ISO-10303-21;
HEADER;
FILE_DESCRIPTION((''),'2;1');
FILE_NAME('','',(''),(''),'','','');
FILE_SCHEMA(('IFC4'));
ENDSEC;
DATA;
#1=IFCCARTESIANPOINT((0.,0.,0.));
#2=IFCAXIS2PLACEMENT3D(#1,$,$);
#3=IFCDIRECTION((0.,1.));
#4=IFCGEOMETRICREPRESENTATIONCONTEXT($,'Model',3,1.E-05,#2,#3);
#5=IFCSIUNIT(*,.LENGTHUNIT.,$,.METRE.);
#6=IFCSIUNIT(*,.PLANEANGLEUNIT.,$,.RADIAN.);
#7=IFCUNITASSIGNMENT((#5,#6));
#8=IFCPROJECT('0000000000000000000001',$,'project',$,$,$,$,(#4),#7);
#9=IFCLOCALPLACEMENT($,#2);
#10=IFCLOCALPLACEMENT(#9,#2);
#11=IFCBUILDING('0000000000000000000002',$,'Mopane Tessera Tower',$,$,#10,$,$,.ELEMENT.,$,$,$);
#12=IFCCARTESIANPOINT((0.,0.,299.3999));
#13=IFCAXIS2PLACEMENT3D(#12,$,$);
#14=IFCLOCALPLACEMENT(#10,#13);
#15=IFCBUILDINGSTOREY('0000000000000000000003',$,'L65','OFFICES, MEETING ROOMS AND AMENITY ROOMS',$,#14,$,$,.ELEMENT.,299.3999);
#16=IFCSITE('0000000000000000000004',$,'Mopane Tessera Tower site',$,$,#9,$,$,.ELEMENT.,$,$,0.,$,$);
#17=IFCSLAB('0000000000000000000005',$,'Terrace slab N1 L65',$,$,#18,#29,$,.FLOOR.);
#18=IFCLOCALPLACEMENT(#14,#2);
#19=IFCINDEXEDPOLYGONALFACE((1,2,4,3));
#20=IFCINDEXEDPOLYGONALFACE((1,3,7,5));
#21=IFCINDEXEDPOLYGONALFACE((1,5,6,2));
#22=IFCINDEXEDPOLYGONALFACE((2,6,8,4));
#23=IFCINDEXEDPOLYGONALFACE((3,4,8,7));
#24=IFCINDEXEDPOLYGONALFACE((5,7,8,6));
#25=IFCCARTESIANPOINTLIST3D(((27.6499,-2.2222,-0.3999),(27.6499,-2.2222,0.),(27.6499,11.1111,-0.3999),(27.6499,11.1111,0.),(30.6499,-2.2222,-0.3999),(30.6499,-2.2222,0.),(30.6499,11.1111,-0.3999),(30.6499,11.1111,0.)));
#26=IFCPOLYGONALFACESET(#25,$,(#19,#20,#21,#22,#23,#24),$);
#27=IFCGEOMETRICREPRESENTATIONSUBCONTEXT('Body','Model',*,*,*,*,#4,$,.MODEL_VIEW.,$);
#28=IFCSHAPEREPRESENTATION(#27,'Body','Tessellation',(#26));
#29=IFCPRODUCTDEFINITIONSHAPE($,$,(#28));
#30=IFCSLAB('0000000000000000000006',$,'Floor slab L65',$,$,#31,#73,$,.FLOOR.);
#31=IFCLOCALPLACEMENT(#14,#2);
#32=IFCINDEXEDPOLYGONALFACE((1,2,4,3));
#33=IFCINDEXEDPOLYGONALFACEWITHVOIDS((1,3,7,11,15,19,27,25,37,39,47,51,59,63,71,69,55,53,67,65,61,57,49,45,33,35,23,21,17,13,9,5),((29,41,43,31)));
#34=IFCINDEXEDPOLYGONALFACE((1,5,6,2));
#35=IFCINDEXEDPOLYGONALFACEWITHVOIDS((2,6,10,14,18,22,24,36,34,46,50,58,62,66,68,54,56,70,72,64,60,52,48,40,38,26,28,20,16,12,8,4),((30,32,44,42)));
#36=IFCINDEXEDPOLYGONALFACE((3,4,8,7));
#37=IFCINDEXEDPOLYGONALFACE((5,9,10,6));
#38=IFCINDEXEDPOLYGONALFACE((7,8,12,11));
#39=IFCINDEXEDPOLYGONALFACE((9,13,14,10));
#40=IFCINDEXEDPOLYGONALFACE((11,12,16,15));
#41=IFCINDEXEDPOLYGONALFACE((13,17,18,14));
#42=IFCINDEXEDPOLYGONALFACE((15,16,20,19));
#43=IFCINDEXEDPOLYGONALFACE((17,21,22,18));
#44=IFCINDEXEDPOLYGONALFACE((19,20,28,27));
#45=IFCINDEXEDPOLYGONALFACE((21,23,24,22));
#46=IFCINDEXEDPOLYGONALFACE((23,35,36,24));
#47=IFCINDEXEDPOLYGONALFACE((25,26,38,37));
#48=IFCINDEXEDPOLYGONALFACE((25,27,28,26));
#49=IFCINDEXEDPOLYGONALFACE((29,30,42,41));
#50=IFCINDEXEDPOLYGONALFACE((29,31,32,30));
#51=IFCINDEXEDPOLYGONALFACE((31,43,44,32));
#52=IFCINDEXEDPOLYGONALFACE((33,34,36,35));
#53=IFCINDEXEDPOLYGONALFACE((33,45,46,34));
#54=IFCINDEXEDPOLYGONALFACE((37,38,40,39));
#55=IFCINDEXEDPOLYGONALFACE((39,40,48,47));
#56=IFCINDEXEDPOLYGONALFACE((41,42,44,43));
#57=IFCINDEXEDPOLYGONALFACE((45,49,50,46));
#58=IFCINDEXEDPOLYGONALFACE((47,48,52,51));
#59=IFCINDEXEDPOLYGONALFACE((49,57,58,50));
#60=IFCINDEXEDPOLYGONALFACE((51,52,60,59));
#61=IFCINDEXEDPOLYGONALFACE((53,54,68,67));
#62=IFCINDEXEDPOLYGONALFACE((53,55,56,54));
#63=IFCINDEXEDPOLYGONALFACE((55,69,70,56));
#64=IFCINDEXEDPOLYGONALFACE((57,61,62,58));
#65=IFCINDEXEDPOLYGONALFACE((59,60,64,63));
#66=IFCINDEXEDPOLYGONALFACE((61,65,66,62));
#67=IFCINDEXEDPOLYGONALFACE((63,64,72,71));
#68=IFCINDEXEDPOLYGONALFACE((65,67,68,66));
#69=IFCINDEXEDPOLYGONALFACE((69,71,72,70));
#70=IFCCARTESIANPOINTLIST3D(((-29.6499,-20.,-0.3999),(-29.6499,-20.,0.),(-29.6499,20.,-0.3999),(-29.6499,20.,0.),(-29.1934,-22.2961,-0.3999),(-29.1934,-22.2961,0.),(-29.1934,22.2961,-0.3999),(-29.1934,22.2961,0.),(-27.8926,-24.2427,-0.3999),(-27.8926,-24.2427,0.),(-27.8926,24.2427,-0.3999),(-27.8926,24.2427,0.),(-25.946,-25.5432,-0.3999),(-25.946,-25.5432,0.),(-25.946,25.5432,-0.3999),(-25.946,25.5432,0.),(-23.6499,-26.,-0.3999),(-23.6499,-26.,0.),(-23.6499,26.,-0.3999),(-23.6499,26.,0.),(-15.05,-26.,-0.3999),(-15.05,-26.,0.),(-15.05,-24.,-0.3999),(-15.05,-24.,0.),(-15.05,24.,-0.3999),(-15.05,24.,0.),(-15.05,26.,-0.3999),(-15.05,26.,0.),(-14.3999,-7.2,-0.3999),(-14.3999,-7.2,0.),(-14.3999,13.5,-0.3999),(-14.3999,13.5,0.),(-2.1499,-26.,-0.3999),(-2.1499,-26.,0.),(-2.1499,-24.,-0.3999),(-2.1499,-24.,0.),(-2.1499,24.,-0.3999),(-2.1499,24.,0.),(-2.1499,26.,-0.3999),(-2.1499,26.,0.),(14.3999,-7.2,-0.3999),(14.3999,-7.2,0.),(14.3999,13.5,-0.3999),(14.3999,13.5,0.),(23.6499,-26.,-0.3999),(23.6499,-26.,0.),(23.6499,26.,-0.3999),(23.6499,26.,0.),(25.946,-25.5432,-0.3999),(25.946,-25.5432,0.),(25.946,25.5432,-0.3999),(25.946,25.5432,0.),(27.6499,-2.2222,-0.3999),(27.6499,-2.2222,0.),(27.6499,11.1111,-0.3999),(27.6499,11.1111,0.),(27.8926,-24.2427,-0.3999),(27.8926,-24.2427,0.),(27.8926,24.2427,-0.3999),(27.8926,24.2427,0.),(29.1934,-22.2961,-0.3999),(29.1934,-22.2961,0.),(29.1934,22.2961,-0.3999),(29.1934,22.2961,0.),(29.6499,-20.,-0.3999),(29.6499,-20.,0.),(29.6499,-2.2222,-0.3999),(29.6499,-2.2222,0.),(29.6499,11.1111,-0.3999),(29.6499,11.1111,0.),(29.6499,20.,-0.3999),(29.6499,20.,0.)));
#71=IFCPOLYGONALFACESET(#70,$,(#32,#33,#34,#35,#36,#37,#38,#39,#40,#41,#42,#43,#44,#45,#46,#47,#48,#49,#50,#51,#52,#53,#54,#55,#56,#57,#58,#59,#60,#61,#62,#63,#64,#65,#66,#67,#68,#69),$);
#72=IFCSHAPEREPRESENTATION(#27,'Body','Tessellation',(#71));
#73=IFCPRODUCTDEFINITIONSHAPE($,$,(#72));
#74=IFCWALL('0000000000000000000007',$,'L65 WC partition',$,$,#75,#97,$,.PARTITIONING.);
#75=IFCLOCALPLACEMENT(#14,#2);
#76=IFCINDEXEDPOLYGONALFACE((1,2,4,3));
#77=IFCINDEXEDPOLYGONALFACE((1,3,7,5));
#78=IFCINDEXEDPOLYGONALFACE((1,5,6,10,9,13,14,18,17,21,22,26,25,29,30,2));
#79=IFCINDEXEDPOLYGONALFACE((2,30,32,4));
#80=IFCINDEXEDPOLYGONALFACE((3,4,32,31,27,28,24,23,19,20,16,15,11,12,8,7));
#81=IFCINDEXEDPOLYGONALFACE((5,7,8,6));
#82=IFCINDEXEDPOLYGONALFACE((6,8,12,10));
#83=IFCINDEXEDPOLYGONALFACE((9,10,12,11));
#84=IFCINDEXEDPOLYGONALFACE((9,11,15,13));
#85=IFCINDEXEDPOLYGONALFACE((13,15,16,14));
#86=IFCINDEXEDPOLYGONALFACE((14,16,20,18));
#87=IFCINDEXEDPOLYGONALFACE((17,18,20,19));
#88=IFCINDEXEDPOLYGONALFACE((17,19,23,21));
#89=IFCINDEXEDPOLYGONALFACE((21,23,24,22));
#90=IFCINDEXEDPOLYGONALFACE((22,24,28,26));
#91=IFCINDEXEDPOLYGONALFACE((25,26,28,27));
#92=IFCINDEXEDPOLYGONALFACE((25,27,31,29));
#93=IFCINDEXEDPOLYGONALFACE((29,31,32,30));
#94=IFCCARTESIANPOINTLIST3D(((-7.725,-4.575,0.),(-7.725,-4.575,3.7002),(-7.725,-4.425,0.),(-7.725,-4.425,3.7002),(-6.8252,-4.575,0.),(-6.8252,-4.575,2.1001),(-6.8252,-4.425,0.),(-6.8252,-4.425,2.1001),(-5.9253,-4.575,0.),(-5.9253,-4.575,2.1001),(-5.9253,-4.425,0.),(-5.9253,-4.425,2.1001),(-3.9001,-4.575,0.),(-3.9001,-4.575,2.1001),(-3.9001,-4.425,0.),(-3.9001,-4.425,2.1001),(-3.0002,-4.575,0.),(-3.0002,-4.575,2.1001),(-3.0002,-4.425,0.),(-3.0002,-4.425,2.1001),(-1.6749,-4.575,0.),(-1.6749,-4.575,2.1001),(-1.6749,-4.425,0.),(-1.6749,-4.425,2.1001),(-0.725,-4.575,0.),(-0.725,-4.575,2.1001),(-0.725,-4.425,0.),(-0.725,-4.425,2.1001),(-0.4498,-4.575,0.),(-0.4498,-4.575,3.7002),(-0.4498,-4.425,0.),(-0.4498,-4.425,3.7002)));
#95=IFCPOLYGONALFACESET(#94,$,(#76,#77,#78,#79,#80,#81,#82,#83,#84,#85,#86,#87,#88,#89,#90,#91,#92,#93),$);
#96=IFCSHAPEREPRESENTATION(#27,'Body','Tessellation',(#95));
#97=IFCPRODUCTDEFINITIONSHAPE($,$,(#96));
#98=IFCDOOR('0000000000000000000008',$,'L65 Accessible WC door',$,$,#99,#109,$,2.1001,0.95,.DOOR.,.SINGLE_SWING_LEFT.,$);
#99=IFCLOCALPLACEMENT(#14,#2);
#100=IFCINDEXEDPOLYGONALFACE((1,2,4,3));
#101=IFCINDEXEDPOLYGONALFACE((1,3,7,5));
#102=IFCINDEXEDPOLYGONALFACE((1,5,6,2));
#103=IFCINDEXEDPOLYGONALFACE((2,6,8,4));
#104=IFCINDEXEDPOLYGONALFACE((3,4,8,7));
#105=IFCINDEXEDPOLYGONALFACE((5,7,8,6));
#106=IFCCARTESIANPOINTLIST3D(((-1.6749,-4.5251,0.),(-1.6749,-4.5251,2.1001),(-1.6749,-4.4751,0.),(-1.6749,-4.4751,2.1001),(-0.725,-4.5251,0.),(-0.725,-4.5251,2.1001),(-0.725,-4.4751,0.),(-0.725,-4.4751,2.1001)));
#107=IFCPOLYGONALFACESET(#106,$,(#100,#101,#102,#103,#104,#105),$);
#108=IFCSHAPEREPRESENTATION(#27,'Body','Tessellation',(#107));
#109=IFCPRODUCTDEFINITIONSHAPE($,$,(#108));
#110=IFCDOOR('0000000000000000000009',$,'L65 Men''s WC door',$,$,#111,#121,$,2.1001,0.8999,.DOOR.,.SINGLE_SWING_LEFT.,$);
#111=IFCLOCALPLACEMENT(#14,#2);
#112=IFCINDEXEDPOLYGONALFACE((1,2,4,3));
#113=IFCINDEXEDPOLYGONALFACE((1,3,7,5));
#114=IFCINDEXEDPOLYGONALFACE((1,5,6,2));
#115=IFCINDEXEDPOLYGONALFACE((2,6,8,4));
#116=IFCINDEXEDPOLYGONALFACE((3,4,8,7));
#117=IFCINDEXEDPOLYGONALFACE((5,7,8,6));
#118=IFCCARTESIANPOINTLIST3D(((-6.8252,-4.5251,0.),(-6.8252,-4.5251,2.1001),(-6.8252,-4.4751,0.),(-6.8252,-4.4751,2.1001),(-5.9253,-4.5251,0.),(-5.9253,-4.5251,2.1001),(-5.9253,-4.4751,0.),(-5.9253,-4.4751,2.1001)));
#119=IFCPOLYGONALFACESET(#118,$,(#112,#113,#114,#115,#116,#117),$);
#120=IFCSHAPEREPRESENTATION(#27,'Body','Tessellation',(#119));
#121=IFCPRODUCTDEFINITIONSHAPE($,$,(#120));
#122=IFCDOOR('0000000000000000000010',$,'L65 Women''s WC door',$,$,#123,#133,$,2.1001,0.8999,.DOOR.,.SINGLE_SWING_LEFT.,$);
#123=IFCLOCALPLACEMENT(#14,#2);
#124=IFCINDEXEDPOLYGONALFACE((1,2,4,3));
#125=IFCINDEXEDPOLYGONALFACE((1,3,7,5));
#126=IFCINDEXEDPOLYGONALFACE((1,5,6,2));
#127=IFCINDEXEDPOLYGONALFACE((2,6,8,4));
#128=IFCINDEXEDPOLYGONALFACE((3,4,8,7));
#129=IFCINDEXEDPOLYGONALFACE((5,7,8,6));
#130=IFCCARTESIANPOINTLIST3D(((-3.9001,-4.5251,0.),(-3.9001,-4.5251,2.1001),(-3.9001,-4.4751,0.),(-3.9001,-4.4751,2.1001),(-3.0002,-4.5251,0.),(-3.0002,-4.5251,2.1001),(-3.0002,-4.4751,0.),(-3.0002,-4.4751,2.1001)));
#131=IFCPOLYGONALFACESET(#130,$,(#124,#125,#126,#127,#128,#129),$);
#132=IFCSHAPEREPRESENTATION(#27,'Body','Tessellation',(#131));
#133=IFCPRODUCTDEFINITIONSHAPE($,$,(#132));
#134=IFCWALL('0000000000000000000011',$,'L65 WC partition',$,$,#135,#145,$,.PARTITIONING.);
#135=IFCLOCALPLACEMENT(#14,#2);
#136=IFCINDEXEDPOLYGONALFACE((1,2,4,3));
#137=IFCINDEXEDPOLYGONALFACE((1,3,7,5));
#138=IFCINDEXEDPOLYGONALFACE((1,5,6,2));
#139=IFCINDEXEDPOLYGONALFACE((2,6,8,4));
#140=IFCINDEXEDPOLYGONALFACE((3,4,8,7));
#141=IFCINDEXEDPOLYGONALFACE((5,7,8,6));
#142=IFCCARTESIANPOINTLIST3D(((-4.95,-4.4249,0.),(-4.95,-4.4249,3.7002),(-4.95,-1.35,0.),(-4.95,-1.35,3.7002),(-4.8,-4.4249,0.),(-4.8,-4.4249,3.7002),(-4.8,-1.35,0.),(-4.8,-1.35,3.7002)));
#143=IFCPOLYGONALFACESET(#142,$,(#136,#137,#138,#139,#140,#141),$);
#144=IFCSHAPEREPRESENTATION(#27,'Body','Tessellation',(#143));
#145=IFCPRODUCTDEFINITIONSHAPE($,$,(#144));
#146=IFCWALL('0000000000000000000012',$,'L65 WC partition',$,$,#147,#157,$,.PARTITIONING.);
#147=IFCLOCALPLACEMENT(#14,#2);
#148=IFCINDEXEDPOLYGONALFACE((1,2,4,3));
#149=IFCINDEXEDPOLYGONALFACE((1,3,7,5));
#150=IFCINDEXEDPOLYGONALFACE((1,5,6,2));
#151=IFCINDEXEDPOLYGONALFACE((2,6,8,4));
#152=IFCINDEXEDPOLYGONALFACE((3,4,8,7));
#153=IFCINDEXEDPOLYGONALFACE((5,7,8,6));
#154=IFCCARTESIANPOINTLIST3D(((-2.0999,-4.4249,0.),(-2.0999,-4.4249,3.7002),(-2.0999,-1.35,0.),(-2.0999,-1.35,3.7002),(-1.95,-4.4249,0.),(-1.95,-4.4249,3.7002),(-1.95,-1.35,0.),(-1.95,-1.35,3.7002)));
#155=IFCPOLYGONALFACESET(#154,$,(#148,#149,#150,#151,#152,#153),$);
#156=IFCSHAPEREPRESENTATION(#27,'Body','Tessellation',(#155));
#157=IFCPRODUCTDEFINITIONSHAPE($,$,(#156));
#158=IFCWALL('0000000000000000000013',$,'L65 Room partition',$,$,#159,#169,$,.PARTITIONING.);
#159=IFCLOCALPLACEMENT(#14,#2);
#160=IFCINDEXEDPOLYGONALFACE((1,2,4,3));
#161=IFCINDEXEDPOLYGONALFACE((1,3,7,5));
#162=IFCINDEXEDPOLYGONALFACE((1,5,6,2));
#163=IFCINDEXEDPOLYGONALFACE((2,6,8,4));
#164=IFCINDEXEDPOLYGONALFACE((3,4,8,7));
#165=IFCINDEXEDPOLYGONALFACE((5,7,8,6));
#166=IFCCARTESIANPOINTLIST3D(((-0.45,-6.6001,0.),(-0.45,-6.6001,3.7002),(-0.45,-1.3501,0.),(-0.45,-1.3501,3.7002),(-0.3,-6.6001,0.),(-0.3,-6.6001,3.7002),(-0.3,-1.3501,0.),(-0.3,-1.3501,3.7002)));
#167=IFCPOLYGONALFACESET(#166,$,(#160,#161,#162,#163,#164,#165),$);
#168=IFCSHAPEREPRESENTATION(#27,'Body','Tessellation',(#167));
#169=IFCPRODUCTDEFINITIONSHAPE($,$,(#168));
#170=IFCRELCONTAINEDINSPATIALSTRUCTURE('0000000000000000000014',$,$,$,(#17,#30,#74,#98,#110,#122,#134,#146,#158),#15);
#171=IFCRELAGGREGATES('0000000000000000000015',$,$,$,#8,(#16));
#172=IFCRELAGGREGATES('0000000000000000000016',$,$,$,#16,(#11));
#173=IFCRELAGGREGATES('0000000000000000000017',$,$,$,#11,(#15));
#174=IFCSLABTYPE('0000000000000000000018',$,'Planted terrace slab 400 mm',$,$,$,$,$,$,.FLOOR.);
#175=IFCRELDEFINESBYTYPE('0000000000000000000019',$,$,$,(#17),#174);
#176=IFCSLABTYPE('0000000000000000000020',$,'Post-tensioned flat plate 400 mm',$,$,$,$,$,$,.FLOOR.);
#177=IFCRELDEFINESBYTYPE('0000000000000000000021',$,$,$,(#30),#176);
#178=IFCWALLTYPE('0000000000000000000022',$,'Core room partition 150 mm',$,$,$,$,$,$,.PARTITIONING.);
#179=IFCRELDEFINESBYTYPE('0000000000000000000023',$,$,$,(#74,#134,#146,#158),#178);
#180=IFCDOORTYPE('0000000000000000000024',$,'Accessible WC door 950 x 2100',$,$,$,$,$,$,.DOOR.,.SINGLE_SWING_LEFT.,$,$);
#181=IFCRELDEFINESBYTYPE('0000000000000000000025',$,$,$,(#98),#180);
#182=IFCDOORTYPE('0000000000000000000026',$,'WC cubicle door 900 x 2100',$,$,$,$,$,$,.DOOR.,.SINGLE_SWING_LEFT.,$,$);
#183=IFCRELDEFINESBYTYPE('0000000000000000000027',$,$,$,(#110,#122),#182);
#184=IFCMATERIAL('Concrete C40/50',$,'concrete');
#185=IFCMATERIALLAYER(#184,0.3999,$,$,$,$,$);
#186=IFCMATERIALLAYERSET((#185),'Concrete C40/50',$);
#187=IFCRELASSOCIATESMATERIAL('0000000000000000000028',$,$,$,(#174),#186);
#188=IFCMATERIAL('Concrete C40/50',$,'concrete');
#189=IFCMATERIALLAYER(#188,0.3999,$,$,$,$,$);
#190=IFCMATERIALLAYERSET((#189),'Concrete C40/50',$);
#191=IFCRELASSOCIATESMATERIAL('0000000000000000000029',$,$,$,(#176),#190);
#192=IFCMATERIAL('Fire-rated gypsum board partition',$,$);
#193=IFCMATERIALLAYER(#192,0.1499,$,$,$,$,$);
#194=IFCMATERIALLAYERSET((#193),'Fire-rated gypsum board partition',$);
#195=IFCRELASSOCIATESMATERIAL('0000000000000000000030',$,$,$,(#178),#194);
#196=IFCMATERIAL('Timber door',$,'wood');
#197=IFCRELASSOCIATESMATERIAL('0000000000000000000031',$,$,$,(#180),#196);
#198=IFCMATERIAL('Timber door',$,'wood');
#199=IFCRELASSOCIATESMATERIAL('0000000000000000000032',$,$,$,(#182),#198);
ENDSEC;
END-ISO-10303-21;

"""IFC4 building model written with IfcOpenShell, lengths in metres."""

from ifc_helpers import new_model, si_unit, direction, frame, frame_2d, origin, place, context, subcontext, project, spatial, polyline, rectangle, outline, extrude, material, layer, layer_set, type_object, element, fill, save


model = new_model("IFC4")

# Units and contexts
model_context = context("Model", 3, precision=1e-05, world=origin(), true_north=direction((0.0, 1.0)))
body_context = subcontext(model_context, "Body", "Model", "MODEL_VIEW")
ifc_project = project(units=[si_unit("LENGTHUNIT", "METRE"), si_unit("PLANEANGLEUNIT", "RADIAN")], contexts=[model_context])

# Site, building, storey
site_placement = place(None, origin())
site = spatial("IfcSite", under=ifc_project, at=site_placement, Name="Mopane Tessera Tower site", CompositionType="ELEMENT", RefElevation=0.0)
building_placement = place(site_placement, origin())
building = spatial("IfcBuilding", under=site, at=building_placement, Name="Mopane Tessera Tower", CompositionType="ELEMENT")
storey_placement = place(building_placement, frame((0.0, 0.0, 299.3999)))
storey = spatial("IfcBuildingStorey", under=building, at=storey_placement, Name="L65", Description="OFFICES, MEETING ROOMS AND AMENITY ROOMS", CompositionType="ELEMENT", Elevation=299.3999)

# Slabs
ifc_material_1 = material(Name="Concrete C40/50", Category="concrete")
ifc_layer_1 = layer(ifc_material_1, 0.3999)
ifc_layer_set_1 = layer_set([ifc_layer_1], Name="Concrete C40/50")
slab_type_1 = type_object("IfcSlabType", Name="Planted terrace slab 400 mm", PredefinedType="FLOOR", material=ifc_layer_set_1)
slab_1_placement = place(storey_placement, frame((0.0, 0.0, -0.3999)))
element("IfcSlab", 1, at=slab_1_placement, inside=storey, type_object=slab_type_1, Name="Terrace slab N1 L65", PredefinedType="FLOOR", context=body_context, shape_type="SweptSolid", body=[
    extrude(outline(polyline([(30.6499, 11.1111), (27.6499, 11.1111), (27.6499, -2.2222), (30.6499, -2.2222), (30.6499, 11.1111)])), origin(), (0.0, 0.0, 1.0), 0.3999),
])
ifc_material_2 = material(Name="Concrete C40/50", Category="concrete")
ifc_layer_2 = layer(ifc_material_2, 0.3999)
ifc_layer_set_2 = layer_set([ifc_layer_2], Name="Concrete C40/50")
slab_type_2 = type_object("IfcSlabType", Name="Post-tensioned flat plate 400 mm", PredefinedType="FLOOR", material=ifc_layer_set_2)
slab_2_placement = place(storey_placement, frame((0.0, 0.0, -0.3999)))
element("IfcSlab", 2, at=slab_2_placement, inside=storey, type_object=slab_type_2, Name="Floor slab L65", PredefinedType="FLOOR", context=body_context, shape_type="SweptSolid", body=[
    extrude(outline(polyline([(-23.6499, -26.0), (-15.05, -26.0), (-15.05, -24.0), (-2.1499, -24.0), (-2.1499, -26.0), (23.6499, -26.0), (25.946, -25.5432), (27.8926, -24.2427), (29.1934, -22.2961), (29.6499, -20.0), (29.6499, -2.2222), (27.6499, -2.2222), (27.6499, 11.1111), (29.6499, 11.1111), (29.6499, 20.0), (29.1934, 22.2961), (27.8926, 24.2427), (25.946, 25.5432), (23.6499, 26.0), (-2.1499, 26.0), (-2.1499, 24.0), (-15.05, 24.0), (-15.05, 26.0), (-23.6499, 26.0), (-25.946, 25.5432), (-27.8926, 24.2427), (-29.1934, 22.2961), (-29.6499, 20.0), (-29.6499, -20.0), (-29.1934, -22.2961), (-27.8926, -24.2427), (-25.946, -25.5432), (-23.6499, -26.0)]), holes=[polyline([(14.3999, -7.2), (-14.3999, -7.2), (-14.3999, 13.5), (14.3999, 13.5), (14.3999, -7.2)])]), origin(), (0.0, 0.0, 1.0), 0.3999),
])

# Wall, openings, doors
ifc_material_3 = material(Name="Fire-rated gypsum board partition")
ifc_layer_3 = layer(ifc_material_3, 0.1499)
ifc_layer_set_3 = layer_set([ifc_layer_3], Name="Fire-rated gypsum board partition")
wall_type_1 = type_object("IfcWallType", Name="Core room partition 150 mm", PredefinedType="PARTITIONING", material=ifc_layer_set_3)
wall_1_placement = place(storey_placement, frame((-7.7251, -4.5, 0.0), z_axis=(0.0, 0.0, 1.0), x_axis=(1.0, 0.0, 0.0)))
wall_1 = element("IfcWall", 3, at=wall_1_placement, inside=storey, type_object=wall_type_1, Name="L65 WC partition", PredefinedType="PARTITIONING", context=body_context, shape_type="SweptSolid", body=[
    extrude(rectangle(XDim=7.2751, YDim=0.1499, at=frame_2d((3.6377, 0.0))), origin(), (0.0, 0.0, 1.0), 3.7002),
])
opening_1_placement = place(wall_1_placement, frame((0.8999, 0.0, 0.0)))
opening_1 = element("IfcOpeningElement", 4, at=opening_1_placement, cuts=wall_1, PredefinedType="OPENING", context=body_context, shape_type="SweptSolid", body=[
    extrude(rectangle(XDim=0.8999, YDim=2.1001, at=frame_2d((0.45, 1.05))), frame((0.0, 0.0869, 0.0), z_axis=(0.0, -1.0, 0.0), x_axis=(1.0, 0.0, 0.0)), (0.0, 0.0, 1.0), 0.1738),
])
opening_2_placement = place(wall_1_placement, frame((3.825, 0.0, 0.0)))
opening_2 = element("IfcOpeningElement", 5, at=opening_2_placement, cuts=wall_1, PredefinedType="OPENING", context=body_context, shape_type="SweptSolid", body=[
    extrude(rectangle(XDim=0.8999, YDim=2.1001, at=frame_2d((0.45, 1.05))), frame((0.0, 0.0869, 0.0), z_axis=(0.0, -1.0, 0.0), x_axis=(1.0, 0.0, 0.0)), (0.0, 0.0, 1.0), 0.1738),
])
opening_3_placement = place(wall_1_placement, frame((6.05, 0.0, 0.0)))
opening_3 = element("IfcOpeningElement", 6, at=opening_3_placement, cuts=wall_1, PredefinedType="OPENING", context=body_context, shape_type="SweptSolid", body=[
    extrude(rectangle(XDim=0.95, YDim=2.1001, at=frame_2d((0.4751, 1.05))), frame((0.0, 0.0869, 0.0), z_axis=(0.0, -1.0, 0.0), x_axis=(1.0, 0.0, 0.0)), (0.0, 0.0, 1.0), 0.1738),
])
ifc_material_4 = material(Name="Timber door", Category="wood")
door_type_1 = type_object("IfcDoorType", Name="Accessible WC door 950 x 2100", OperationType="SINGLE_SWING_LEFT", PredefinedType="DOOR", material=ifc_material_4)
door_1_placement = place(opening_3_placement, origin())
door_1 = element("IfcDoor", 7, at=door_1_placement, inside=storey, type_object=door_type_1, Name="L65 Accessible WC door", OperationType="SINGLE_SWING_LEFT", OverallHeight=2.1001, OverallWidth=0.95, PredefinedType="DOOR", context=body_context, shape_type="SweptSolid", body=[
    extrude(rectangle(XDim=0.95, YDim=2.1001, at=frame_2d((0.4751, 1.05))), frame((0.0, 0.0249, 0.0), z_axis=(0.0, -1.0, 0.0), x_axis=(1.0, 0.0, 0.0)), (0.0, 0.0, 1.0), 0.05),
])
fill(opening_3, door_1)
ifc_material_5 = material(Name="Timber door", Category="wood")
door_type_2 = type_object("IfcDoorType", Name="WC cubicle door 900 x 2100", OperationType="SINGLE_SWING_LEFT", PredefinedType="DOOR", material=ifc_material_5)
door_2_placement = place(opening_1_placement, origin())
door_2 = element("IfcDoor", 8, at=door_2_placement, inside=storey, type_object=door_type_2, Name="L65 Men's WC door", OperationType="SINGLE_SWING_LEFT", OverallHeight=2.1001, OverallWidth=0.8999, PredefinedType="DOOR", context=body_context, shape_type="SweptSolid", body=[
    extrude(rectangle(XDim=0.8999, YDim=2.1001, at=frame_2d((0.45, 1.05))), frame((0.0, 0.0249, 0.0), z_axis=(0.0, -1.0, 0.0), x_axis=(1.0, 0.0, 0.0)), (0.0, 0.0, 1.0), 0.05),
])
fill(opening_1, door_2)
door_3_placement = place(opening_2_placement, origin())
door_3 = element("IfcDoor", 9, at=door_3_placement, inside=storey, type_object=door_type_2, Name="L65 Women's WC door", OperationType="SINGLE_SWING_LEFT", OverallHeight=2.1001, OverallWidth=0.8999, PredefinedType="DOOR", context=body_context, shape_type="SweptSolid", body=[
    extrude(rectangle(XDim=0.8999, YDim=2.1001, at=frame_2d((0.45, 1.05))), frame((0.0, 0.0249, 0.0), z_axis=(0.0, -1.0, 0.0), x_axis=(1.0, 0.0, 0.0)), (0.0, 0.0, 1.0), 0.05),
])
fill(opening_2, door_3)

# Walls
for number, where, z_axis, x_axis, name in (
    (10, (-4.875, -4.425, 0.0), (0.0, 0.0, 1.0), (0.0, 1.0, 0.0), "L65 WC partition"),
    (11, (-2.0249, -4.425, 0.0), (0.0, 0.0, 1.0), (0.0, 1.0, 0.0), "L65 WC partition"),
):
    element("IfcWall", number, at=place(storey_placement, frame(where, z_axis=z_axis, x_axis=x_axis)), inside=storey, type_object=wall_type_1, Name=name, PredefinedType="PARTITIONING", context=body_context, shape_type="SweptSolid", body=[
        extrude(rectangle(XDim=3.075, YDim=0.1499, at=frame_2d((1.5376, 0.0))), origin(), (0.0, 0.0, 1.0), 3.7002),
    ])
wall_2_placement = place(storey_placement, frame((-0.375, -6.6001, 0.0), z_axis=(0.0, 0.0, 1.0), x_axis=(0.0, 1.0, 0.0)))
element("IfcWall", 12, at=wall_2_placement, inside=storey, type_object=wall_type_1, Name="L65 Room partition", PredefinedType="PARTITIONING", context=body_context, shape_type="SweptSolid", body=[
    extrude(rectangle(XDim=5.25, YDim=0.1499, at=frame_2d((2.625, 0.0))), origin(), (0.0, 0.0, 1.0), 3.7002),
])

save(model, "model.ifc")
